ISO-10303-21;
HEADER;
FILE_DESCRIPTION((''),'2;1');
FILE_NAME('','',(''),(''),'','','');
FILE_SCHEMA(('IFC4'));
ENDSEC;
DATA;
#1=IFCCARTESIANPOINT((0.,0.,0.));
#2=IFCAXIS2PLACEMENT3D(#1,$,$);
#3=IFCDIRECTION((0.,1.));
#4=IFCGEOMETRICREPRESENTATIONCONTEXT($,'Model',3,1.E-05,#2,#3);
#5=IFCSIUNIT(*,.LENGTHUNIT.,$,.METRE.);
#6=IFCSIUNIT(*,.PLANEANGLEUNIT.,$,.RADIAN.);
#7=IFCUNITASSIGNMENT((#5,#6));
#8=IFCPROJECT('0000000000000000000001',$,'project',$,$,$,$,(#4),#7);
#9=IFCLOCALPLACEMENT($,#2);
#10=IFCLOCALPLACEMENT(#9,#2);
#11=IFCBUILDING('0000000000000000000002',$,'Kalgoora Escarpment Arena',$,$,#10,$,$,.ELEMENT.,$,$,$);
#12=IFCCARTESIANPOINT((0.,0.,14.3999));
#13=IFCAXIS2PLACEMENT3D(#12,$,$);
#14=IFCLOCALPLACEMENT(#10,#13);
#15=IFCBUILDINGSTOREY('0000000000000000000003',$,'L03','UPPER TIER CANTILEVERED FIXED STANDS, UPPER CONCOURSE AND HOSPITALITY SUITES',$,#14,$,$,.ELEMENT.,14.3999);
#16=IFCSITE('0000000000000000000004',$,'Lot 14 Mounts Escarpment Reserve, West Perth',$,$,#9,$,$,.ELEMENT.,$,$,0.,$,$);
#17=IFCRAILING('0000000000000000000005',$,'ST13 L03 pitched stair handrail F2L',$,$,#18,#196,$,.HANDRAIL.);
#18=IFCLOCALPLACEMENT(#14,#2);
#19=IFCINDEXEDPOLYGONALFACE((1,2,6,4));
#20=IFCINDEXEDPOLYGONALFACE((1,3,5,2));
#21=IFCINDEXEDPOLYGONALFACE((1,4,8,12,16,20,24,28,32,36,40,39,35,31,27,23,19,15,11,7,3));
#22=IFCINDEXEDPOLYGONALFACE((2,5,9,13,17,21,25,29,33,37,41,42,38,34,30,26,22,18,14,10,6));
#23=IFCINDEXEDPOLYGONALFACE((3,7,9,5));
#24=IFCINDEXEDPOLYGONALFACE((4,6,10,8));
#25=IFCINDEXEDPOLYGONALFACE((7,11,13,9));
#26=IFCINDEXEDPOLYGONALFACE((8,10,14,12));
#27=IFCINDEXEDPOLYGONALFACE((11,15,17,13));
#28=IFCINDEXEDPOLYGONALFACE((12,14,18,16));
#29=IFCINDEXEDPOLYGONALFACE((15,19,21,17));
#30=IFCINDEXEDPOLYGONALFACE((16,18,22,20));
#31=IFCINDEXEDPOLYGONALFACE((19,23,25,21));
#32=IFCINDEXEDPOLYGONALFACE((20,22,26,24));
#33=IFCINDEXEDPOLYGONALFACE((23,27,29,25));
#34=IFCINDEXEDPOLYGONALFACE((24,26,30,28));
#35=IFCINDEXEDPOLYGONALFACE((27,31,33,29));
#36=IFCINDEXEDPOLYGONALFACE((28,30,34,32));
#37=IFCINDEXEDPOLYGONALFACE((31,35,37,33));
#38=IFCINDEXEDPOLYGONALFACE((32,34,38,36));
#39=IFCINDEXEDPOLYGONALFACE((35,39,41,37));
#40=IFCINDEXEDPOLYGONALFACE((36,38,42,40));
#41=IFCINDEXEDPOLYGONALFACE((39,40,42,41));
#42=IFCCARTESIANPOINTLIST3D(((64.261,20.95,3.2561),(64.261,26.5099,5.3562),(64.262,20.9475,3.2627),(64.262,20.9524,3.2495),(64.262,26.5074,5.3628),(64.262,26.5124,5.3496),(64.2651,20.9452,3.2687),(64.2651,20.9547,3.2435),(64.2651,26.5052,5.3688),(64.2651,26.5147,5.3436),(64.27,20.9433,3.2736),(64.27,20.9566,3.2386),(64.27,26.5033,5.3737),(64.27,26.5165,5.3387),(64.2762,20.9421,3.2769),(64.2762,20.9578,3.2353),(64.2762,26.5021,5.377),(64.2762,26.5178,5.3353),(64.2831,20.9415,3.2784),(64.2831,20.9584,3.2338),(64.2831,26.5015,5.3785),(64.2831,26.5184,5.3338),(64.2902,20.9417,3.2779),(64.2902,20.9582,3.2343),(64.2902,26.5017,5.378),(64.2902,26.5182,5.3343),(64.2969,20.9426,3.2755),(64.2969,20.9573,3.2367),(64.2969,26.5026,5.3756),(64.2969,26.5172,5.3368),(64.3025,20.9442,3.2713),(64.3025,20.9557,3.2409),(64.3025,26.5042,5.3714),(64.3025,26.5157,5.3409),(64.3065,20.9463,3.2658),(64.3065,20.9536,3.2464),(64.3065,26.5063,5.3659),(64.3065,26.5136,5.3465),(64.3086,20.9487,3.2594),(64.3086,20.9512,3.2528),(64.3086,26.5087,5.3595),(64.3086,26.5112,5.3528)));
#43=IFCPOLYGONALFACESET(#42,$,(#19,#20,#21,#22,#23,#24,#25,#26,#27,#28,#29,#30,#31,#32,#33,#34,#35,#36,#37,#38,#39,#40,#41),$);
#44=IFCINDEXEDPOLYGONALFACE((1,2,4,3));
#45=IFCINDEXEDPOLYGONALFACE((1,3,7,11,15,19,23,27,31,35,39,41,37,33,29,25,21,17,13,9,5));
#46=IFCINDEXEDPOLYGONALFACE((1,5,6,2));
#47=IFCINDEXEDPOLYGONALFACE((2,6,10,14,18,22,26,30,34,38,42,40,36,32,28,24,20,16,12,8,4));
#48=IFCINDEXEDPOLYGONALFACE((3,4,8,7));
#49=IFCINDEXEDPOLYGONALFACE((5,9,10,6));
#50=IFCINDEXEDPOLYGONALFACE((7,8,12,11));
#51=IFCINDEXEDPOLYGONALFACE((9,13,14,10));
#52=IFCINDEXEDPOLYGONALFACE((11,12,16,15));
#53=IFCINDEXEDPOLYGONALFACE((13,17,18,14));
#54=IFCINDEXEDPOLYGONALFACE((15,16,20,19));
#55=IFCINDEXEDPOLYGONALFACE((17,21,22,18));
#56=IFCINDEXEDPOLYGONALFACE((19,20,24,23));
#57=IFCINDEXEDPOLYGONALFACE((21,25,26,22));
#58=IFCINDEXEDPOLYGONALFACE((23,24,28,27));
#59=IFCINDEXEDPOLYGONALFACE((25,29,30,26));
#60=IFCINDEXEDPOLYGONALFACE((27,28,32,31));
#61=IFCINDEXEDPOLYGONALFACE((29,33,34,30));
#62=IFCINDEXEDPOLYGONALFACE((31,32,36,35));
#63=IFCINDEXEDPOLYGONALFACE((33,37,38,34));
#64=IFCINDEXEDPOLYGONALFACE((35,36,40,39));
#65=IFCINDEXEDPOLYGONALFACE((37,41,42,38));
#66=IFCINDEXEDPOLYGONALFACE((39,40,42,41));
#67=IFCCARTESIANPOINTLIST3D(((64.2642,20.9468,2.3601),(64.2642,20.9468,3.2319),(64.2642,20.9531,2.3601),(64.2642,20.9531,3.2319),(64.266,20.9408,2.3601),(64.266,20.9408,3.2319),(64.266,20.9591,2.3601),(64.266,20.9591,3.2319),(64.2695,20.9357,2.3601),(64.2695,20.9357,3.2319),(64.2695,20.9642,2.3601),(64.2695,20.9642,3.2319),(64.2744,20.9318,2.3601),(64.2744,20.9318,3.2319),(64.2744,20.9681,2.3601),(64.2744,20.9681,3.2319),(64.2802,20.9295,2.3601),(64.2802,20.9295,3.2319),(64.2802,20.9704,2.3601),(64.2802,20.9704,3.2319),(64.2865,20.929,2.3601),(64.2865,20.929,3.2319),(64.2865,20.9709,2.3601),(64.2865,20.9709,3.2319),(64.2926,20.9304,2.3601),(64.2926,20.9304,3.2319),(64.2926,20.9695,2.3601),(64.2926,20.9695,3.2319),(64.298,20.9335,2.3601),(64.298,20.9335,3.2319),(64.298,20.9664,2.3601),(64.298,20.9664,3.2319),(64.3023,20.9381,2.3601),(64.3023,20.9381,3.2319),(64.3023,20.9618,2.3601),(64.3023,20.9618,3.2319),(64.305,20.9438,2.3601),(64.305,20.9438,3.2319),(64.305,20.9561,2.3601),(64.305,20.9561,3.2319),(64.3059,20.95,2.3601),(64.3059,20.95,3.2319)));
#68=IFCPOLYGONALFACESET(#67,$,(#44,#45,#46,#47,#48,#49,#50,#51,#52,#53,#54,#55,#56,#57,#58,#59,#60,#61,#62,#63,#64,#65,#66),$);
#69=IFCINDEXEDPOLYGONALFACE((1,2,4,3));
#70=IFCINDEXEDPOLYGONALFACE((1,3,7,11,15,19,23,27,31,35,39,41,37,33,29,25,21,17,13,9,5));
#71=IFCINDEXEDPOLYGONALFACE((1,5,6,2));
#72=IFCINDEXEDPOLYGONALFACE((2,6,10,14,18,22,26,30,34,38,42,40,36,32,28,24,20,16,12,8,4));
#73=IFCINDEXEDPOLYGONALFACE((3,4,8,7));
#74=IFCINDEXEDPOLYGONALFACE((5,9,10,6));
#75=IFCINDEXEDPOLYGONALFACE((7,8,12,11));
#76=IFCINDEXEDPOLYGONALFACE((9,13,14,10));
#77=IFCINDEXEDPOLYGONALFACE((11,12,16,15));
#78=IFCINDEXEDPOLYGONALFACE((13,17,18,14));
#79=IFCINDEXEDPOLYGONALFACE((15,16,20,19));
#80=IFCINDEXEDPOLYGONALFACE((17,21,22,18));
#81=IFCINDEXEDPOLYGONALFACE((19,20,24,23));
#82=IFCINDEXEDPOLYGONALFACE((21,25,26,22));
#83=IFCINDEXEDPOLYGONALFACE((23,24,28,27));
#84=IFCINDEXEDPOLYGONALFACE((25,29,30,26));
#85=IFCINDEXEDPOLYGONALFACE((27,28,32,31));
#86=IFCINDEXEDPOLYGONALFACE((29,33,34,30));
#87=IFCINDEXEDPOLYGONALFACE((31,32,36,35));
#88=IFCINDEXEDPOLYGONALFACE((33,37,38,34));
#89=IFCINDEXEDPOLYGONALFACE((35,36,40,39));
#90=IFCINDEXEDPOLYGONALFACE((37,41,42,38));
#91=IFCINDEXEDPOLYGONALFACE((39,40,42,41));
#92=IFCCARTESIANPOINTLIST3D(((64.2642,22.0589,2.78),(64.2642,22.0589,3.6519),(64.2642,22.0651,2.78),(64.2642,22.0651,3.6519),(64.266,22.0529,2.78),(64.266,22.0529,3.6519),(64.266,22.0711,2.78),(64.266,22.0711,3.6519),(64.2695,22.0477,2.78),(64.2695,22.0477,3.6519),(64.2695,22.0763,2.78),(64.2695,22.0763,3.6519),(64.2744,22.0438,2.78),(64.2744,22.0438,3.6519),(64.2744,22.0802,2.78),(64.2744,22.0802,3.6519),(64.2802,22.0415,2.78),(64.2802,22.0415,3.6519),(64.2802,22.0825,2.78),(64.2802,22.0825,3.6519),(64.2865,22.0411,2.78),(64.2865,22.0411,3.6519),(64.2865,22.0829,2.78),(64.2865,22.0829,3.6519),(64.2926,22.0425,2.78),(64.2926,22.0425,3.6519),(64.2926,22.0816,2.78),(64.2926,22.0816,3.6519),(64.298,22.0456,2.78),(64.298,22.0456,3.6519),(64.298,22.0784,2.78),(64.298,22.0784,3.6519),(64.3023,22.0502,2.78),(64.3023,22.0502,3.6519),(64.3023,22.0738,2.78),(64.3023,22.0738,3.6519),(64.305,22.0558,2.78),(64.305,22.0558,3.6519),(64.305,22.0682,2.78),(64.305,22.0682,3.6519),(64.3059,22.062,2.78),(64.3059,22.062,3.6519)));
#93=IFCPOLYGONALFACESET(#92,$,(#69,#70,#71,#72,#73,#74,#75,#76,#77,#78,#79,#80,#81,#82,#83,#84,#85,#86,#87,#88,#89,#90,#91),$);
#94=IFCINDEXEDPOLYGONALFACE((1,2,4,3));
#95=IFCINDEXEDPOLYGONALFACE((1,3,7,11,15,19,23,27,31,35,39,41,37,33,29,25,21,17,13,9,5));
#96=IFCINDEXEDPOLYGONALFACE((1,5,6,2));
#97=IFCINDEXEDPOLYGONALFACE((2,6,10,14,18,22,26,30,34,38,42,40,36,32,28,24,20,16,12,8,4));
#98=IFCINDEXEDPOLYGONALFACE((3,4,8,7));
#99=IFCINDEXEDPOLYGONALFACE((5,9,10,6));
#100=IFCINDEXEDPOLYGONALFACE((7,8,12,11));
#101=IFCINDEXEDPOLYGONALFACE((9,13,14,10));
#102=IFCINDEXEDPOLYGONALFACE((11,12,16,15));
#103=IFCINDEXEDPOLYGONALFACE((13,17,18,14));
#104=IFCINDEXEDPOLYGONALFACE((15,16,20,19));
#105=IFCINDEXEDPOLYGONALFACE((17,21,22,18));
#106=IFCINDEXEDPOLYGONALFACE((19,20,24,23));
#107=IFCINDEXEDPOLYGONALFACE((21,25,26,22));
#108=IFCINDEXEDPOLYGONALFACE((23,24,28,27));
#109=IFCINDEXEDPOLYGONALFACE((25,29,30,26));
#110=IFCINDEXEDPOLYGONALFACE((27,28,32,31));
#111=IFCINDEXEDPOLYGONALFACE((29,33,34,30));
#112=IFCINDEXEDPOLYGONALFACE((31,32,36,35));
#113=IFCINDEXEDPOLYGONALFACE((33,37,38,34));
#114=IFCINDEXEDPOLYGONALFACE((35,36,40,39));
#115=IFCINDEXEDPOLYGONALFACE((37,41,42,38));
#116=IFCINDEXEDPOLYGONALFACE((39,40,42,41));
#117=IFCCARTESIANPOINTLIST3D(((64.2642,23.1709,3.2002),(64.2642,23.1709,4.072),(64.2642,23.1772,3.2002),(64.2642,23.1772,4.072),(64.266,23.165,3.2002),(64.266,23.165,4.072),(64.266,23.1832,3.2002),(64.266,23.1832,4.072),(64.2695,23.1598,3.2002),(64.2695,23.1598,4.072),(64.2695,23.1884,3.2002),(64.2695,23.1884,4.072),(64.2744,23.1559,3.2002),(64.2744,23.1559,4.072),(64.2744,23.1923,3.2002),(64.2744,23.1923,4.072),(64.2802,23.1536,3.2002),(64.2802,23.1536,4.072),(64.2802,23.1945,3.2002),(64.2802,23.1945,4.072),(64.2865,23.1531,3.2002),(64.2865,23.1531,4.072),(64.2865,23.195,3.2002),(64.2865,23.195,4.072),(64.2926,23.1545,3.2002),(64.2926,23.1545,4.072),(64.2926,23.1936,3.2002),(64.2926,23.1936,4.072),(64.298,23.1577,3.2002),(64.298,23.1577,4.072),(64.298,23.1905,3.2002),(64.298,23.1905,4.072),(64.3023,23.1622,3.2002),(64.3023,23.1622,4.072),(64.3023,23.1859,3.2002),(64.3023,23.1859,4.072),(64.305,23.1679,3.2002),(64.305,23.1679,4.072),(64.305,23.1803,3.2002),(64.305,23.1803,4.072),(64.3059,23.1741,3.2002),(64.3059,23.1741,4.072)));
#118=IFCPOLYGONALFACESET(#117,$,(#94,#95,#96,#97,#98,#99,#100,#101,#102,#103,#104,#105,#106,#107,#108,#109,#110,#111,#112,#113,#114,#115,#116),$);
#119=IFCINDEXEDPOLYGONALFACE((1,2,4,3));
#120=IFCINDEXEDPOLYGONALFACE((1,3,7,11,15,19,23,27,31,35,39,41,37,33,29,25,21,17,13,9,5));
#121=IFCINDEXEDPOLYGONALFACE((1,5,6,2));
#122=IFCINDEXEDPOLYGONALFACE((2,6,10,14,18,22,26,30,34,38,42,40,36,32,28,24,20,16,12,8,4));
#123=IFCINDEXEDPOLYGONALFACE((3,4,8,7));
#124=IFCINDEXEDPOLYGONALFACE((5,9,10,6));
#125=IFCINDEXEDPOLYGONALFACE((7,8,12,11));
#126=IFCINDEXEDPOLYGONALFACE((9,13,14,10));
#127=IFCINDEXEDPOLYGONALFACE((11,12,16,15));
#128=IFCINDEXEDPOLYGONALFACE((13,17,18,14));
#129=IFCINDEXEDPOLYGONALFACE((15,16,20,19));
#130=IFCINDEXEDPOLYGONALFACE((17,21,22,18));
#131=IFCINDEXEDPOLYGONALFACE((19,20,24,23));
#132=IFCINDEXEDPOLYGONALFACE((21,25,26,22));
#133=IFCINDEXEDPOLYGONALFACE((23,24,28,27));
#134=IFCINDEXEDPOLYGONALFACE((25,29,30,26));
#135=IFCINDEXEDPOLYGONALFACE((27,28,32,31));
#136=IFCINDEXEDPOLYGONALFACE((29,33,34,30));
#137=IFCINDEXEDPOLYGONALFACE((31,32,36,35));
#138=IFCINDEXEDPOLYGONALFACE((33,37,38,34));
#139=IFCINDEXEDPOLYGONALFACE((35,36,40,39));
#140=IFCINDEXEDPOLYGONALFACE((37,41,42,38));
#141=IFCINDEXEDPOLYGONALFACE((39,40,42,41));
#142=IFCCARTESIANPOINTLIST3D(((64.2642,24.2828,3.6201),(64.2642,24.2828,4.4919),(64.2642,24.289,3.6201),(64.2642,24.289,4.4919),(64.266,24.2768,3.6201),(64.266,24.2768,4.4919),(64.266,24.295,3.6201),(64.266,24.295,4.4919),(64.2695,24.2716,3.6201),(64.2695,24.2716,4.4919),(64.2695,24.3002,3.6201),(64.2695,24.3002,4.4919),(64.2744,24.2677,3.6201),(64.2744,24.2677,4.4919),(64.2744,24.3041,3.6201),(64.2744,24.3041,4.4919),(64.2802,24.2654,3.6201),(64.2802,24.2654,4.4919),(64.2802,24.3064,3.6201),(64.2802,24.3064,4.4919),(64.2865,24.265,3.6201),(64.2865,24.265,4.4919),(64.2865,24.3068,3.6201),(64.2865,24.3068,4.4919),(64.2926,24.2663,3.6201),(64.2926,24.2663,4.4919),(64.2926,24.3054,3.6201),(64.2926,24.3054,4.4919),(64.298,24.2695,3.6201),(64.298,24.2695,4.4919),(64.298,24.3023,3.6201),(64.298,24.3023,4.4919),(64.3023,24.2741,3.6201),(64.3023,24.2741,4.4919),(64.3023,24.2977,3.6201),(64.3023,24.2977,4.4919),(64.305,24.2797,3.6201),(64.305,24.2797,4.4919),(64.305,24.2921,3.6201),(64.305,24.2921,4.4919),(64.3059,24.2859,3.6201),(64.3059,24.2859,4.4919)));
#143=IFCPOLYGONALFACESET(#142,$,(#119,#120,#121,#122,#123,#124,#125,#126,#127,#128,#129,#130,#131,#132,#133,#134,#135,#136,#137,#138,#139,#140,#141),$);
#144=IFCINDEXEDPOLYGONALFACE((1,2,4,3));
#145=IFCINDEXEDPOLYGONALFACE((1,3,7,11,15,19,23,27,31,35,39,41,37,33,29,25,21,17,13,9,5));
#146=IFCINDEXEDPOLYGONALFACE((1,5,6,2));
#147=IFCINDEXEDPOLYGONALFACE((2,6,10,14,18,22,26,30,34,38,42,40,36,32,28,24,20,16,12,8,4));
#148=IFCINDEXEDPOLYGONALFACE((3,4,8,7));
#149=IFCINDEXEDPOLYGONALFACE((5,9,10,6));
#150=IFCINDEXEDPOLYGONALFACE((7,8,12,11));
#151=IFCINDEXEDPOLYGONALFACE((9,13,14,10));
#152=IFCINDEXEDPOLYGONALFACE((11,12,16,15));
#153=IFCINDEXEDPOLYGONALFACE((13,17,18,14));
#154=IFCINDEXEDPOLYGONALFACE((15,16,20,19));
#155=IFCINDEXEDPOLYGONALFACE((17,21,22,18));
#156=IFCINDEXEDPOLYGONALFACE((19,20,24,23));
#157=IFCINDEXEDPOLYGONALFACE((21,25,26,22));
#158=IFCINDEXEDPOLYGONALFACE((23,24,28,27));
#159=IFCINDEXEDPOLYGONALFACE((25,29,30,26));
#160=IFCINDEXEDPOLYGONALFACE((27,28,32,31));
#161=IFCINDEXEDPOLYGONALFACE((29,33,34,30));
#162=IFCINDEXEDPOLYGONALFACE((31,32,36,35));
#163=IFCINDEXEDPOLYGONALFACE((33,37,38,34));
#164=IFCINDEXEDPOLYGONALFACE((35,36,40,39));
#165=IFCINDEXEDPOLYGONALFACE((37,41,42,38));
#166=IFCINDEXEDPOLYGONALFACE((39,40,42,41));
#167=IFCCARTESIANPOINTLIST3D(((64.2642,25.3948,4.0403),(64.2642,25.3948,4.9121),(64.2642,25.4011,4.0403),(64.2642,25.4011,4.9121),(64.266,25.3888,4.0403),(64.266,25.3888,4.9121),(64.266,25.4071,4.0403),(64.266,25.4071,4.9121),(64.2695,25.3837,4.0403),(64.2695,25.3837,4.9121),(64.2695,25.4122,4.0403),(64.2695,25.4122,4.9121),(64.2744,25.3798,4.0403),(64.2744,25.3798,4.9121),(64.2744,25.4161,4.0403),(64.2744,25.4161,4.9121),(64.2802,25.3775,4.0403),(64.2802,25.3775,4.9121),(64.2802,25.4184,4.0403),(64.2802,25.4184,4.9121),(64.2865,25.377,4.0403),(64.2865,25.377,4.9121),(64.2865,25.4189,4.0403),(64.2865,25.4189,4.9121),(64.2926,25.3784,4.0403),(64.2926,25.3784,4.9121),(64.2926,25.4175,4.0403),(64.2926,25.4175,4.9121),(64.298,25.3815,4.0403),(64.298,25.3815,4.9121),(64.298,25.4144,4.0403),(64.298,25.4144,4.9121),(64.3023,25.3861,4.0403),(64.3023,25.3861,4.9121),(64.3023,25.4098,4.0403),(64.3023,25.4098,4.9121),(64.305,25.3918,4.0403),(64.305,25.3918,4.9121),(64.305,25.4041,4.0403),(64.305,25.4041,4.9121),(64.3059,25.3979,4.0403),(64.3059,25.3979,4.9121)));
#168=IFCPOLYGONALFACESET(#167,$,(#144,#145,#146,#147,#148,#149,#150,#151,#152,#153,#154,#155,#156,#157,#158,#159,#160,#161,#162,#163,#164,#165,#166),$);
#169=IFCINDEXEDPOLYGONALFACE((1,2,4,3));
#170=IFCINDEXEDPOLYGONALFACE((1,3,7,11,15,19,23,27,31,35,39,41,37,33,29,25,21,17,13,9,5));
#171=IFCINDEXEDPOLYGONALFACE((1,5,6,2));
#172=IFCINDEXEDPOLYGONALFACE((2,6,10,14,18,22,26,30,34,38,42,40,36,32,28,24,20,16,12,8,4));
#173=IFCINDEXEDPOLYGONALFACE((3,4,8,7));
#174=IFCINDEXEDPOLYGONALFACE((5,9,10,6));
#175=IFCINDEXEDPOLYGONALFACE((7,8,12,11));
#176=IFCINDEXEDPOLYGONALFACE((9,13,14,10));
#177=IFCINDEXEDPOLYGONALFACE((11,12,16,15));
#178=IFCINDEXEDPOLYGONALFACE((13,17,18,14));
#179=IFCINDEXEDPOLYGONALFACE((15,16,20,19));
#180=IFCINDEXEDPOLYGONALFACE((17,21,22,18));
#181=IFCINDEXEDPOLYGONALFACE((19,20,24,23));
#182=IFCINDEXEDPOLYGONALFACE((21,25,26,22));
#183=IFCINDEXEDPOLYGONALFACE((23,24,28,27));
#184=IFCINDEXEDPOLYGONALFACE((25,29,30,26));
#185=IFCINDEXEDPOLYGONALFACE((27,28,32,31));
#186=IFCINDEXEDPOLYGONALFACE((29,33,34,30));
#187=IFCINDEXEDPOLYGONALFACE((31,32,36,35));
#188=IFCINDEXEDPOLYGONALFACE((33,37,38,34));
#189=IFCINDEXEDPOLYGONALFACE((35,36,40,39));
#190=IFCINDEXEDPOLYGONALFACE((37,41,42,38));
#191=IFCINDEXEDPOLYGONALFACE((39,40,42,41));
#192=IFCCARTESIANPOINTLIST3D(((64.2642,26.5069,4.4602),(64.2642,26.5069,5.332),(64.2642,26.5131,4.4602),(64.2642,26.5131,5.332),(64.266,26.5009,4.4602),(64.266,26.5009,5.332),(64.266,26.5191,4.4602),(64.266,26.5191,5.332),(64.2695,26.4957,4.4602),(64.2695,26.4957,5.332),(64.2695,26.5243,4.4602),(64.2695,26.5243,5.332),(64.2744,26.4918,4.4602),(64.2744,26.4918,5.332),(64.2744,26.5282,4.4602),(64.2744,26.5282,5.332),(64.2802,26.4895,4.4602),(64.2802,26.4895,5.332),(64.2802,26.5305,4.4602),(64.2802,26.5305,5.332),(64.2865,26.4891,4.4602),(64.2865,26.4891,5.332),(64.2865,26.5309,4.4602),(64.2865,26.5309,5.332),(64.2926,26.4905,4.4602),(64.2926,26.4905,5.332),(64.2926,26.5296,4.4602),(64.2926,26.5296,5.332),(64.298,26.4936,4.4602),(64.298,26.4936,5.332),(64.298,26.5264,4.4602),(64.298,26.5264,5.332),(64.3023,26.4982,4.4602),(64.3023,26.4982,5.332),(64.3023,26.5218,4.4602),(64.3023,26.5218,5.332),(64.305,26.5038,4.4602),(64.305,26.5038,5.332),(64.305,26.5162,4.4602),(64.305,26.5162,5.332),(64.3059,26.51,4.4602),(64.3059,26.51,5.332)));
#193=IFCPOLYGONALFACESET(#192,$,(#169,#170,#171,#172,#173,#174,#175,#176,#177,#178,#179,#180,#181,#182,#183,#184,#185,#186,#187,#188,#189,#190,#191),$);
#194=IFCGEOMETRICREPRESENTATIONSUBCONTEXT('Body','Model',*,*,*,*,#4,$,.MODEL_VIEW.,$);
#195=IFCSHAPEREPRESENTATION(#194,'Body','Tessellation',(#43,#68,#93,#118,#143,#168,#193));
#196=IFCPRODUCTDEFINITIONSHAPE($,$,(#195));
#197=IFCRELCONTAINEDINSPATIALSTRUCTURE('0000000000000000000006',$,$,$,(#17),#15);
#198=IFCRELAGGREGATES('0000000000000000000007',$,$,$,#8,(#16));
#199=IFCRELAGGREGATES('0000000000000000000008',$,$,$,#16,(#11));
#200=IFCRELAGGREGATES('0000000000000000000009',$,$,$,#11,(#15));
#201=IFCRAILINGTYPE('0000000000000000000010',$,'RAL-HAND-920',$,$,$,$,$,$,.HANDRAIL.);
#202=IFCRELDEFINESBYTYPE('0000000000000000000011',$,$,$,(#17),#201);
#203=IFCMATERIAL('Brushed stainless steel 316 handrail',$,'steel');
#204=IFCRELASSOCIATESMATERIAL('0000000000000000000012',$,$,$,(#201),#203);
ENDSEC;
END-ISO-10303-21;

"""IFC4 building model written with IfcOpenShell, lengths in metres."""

from ifc_helpers import new_model, si_unit, direction, frame, origin, origin_2d, place, context, subcontext, project, spatial, circle, extrude, material, type_object, element, save


model = new_model("IFC4")

# Units and contexts
model_context = context("Model", 3, precision=1e-05, world=origin(), true_north=direction((0.0, 1.0)))
body_context = subcontext(model_context, "Body", "Model", "MODEL_VIEW")
ifc_project = project(units=[si_unit("LENGTHUNIT", "METRE"), si_unit("PLANEANGLEUNIT", "RADIAN")], contexts=[model_context])

# Site, building, storey
site_placement = place(None, origin())
site = spatial("IfcSite", under=ifc_project, at=site_placement, Name="Lot 14 Mounts Escarpment Reserve, West Perth", CompositionType="ELEMENT", RefElevation=0.0)
building_placement = place(site_placement, origin())
building = spatial("IfcBuilding", under=site, at=building_placement, Name="Kalgoora Escarpment Arena", CompositionType="ELEMENT")
storey_placement = place(building_placement, frame((0.0, 0.0, 14.3999)))
storey = spatial("IfcBuildingStorey", under=building, at=storey_placement, Name="L03", Description="UPPER TIER CANTILEVERED FIXED STANDS, UPPER CONCOURSE AND HOSPITALITY SUITES", CompositionType="ELEMENT", Elevation=14.3999)

# Railing
ifc_material_1 = material(Name="Brushed stainless steel 316 handrail", Category="steel")
railing_type_1 = type_object("IfcRailingType", Name="RAL-HAND-920", PredefinedType="HANDRAIL", material=ifc_material_1)
for number, where, name in (
    (1, (64.2849, 20.95, 2.3601), "ST13 L03 pitched stair handrail F2L"),
):
    element("IfcRailing", number, at=place(storey_placement, frame(where)), inside=storey, type_object=railing_type_1, Name=name, PredefinedType="HANDRAIL", context=body_context, shape_type="SweptSolid", body=[
        extrude(circle(Radius=0.0239, at=origin_2d()), frame((0.0, 0.0, 0.896), z_axis=(0.0, 0.935493, 0.353346), x_axis=(-1.0, 0.0, 0.0)), (0.0, 0.0, 1.0), 5.9434),
        extrude(circle(Radius=0.021, at=origin_2d()), origin(), (0.0, 0.0, 1.0), 0.8718),
        extrude(circle(Radius=0.021, at=origin_2d()), frame((0.0, 1.1121, 0.4199)), (0.0, 0.0, 1.0), 0.8718),
        extrude(circle(Radius=0.021, at=origin_2d()), frame((0.0, 2.2241, 0.8401)), (0.0, 0.0, 1.0), 0.8718),
        extrude(circle(Radius=0.021, at=origin_2d()), frame((0.0, 3.3359, 1.26)), (0.0, 0.0, 1.0), 0.8718),
        extrude(circle(Radius=0.021, at=origin_2d()), frame((0.0, 4.448, 1.6802)), (0.0, 0.0, 1.0), 0.8718),
        extrude(circle(Radius=0.021, at=origin_2d()), frame((0.0, 5.5601, 2.1001)), (0.0, 0.0, 1.0), 0.8718),
    ])

save(model, "model.ifc")
